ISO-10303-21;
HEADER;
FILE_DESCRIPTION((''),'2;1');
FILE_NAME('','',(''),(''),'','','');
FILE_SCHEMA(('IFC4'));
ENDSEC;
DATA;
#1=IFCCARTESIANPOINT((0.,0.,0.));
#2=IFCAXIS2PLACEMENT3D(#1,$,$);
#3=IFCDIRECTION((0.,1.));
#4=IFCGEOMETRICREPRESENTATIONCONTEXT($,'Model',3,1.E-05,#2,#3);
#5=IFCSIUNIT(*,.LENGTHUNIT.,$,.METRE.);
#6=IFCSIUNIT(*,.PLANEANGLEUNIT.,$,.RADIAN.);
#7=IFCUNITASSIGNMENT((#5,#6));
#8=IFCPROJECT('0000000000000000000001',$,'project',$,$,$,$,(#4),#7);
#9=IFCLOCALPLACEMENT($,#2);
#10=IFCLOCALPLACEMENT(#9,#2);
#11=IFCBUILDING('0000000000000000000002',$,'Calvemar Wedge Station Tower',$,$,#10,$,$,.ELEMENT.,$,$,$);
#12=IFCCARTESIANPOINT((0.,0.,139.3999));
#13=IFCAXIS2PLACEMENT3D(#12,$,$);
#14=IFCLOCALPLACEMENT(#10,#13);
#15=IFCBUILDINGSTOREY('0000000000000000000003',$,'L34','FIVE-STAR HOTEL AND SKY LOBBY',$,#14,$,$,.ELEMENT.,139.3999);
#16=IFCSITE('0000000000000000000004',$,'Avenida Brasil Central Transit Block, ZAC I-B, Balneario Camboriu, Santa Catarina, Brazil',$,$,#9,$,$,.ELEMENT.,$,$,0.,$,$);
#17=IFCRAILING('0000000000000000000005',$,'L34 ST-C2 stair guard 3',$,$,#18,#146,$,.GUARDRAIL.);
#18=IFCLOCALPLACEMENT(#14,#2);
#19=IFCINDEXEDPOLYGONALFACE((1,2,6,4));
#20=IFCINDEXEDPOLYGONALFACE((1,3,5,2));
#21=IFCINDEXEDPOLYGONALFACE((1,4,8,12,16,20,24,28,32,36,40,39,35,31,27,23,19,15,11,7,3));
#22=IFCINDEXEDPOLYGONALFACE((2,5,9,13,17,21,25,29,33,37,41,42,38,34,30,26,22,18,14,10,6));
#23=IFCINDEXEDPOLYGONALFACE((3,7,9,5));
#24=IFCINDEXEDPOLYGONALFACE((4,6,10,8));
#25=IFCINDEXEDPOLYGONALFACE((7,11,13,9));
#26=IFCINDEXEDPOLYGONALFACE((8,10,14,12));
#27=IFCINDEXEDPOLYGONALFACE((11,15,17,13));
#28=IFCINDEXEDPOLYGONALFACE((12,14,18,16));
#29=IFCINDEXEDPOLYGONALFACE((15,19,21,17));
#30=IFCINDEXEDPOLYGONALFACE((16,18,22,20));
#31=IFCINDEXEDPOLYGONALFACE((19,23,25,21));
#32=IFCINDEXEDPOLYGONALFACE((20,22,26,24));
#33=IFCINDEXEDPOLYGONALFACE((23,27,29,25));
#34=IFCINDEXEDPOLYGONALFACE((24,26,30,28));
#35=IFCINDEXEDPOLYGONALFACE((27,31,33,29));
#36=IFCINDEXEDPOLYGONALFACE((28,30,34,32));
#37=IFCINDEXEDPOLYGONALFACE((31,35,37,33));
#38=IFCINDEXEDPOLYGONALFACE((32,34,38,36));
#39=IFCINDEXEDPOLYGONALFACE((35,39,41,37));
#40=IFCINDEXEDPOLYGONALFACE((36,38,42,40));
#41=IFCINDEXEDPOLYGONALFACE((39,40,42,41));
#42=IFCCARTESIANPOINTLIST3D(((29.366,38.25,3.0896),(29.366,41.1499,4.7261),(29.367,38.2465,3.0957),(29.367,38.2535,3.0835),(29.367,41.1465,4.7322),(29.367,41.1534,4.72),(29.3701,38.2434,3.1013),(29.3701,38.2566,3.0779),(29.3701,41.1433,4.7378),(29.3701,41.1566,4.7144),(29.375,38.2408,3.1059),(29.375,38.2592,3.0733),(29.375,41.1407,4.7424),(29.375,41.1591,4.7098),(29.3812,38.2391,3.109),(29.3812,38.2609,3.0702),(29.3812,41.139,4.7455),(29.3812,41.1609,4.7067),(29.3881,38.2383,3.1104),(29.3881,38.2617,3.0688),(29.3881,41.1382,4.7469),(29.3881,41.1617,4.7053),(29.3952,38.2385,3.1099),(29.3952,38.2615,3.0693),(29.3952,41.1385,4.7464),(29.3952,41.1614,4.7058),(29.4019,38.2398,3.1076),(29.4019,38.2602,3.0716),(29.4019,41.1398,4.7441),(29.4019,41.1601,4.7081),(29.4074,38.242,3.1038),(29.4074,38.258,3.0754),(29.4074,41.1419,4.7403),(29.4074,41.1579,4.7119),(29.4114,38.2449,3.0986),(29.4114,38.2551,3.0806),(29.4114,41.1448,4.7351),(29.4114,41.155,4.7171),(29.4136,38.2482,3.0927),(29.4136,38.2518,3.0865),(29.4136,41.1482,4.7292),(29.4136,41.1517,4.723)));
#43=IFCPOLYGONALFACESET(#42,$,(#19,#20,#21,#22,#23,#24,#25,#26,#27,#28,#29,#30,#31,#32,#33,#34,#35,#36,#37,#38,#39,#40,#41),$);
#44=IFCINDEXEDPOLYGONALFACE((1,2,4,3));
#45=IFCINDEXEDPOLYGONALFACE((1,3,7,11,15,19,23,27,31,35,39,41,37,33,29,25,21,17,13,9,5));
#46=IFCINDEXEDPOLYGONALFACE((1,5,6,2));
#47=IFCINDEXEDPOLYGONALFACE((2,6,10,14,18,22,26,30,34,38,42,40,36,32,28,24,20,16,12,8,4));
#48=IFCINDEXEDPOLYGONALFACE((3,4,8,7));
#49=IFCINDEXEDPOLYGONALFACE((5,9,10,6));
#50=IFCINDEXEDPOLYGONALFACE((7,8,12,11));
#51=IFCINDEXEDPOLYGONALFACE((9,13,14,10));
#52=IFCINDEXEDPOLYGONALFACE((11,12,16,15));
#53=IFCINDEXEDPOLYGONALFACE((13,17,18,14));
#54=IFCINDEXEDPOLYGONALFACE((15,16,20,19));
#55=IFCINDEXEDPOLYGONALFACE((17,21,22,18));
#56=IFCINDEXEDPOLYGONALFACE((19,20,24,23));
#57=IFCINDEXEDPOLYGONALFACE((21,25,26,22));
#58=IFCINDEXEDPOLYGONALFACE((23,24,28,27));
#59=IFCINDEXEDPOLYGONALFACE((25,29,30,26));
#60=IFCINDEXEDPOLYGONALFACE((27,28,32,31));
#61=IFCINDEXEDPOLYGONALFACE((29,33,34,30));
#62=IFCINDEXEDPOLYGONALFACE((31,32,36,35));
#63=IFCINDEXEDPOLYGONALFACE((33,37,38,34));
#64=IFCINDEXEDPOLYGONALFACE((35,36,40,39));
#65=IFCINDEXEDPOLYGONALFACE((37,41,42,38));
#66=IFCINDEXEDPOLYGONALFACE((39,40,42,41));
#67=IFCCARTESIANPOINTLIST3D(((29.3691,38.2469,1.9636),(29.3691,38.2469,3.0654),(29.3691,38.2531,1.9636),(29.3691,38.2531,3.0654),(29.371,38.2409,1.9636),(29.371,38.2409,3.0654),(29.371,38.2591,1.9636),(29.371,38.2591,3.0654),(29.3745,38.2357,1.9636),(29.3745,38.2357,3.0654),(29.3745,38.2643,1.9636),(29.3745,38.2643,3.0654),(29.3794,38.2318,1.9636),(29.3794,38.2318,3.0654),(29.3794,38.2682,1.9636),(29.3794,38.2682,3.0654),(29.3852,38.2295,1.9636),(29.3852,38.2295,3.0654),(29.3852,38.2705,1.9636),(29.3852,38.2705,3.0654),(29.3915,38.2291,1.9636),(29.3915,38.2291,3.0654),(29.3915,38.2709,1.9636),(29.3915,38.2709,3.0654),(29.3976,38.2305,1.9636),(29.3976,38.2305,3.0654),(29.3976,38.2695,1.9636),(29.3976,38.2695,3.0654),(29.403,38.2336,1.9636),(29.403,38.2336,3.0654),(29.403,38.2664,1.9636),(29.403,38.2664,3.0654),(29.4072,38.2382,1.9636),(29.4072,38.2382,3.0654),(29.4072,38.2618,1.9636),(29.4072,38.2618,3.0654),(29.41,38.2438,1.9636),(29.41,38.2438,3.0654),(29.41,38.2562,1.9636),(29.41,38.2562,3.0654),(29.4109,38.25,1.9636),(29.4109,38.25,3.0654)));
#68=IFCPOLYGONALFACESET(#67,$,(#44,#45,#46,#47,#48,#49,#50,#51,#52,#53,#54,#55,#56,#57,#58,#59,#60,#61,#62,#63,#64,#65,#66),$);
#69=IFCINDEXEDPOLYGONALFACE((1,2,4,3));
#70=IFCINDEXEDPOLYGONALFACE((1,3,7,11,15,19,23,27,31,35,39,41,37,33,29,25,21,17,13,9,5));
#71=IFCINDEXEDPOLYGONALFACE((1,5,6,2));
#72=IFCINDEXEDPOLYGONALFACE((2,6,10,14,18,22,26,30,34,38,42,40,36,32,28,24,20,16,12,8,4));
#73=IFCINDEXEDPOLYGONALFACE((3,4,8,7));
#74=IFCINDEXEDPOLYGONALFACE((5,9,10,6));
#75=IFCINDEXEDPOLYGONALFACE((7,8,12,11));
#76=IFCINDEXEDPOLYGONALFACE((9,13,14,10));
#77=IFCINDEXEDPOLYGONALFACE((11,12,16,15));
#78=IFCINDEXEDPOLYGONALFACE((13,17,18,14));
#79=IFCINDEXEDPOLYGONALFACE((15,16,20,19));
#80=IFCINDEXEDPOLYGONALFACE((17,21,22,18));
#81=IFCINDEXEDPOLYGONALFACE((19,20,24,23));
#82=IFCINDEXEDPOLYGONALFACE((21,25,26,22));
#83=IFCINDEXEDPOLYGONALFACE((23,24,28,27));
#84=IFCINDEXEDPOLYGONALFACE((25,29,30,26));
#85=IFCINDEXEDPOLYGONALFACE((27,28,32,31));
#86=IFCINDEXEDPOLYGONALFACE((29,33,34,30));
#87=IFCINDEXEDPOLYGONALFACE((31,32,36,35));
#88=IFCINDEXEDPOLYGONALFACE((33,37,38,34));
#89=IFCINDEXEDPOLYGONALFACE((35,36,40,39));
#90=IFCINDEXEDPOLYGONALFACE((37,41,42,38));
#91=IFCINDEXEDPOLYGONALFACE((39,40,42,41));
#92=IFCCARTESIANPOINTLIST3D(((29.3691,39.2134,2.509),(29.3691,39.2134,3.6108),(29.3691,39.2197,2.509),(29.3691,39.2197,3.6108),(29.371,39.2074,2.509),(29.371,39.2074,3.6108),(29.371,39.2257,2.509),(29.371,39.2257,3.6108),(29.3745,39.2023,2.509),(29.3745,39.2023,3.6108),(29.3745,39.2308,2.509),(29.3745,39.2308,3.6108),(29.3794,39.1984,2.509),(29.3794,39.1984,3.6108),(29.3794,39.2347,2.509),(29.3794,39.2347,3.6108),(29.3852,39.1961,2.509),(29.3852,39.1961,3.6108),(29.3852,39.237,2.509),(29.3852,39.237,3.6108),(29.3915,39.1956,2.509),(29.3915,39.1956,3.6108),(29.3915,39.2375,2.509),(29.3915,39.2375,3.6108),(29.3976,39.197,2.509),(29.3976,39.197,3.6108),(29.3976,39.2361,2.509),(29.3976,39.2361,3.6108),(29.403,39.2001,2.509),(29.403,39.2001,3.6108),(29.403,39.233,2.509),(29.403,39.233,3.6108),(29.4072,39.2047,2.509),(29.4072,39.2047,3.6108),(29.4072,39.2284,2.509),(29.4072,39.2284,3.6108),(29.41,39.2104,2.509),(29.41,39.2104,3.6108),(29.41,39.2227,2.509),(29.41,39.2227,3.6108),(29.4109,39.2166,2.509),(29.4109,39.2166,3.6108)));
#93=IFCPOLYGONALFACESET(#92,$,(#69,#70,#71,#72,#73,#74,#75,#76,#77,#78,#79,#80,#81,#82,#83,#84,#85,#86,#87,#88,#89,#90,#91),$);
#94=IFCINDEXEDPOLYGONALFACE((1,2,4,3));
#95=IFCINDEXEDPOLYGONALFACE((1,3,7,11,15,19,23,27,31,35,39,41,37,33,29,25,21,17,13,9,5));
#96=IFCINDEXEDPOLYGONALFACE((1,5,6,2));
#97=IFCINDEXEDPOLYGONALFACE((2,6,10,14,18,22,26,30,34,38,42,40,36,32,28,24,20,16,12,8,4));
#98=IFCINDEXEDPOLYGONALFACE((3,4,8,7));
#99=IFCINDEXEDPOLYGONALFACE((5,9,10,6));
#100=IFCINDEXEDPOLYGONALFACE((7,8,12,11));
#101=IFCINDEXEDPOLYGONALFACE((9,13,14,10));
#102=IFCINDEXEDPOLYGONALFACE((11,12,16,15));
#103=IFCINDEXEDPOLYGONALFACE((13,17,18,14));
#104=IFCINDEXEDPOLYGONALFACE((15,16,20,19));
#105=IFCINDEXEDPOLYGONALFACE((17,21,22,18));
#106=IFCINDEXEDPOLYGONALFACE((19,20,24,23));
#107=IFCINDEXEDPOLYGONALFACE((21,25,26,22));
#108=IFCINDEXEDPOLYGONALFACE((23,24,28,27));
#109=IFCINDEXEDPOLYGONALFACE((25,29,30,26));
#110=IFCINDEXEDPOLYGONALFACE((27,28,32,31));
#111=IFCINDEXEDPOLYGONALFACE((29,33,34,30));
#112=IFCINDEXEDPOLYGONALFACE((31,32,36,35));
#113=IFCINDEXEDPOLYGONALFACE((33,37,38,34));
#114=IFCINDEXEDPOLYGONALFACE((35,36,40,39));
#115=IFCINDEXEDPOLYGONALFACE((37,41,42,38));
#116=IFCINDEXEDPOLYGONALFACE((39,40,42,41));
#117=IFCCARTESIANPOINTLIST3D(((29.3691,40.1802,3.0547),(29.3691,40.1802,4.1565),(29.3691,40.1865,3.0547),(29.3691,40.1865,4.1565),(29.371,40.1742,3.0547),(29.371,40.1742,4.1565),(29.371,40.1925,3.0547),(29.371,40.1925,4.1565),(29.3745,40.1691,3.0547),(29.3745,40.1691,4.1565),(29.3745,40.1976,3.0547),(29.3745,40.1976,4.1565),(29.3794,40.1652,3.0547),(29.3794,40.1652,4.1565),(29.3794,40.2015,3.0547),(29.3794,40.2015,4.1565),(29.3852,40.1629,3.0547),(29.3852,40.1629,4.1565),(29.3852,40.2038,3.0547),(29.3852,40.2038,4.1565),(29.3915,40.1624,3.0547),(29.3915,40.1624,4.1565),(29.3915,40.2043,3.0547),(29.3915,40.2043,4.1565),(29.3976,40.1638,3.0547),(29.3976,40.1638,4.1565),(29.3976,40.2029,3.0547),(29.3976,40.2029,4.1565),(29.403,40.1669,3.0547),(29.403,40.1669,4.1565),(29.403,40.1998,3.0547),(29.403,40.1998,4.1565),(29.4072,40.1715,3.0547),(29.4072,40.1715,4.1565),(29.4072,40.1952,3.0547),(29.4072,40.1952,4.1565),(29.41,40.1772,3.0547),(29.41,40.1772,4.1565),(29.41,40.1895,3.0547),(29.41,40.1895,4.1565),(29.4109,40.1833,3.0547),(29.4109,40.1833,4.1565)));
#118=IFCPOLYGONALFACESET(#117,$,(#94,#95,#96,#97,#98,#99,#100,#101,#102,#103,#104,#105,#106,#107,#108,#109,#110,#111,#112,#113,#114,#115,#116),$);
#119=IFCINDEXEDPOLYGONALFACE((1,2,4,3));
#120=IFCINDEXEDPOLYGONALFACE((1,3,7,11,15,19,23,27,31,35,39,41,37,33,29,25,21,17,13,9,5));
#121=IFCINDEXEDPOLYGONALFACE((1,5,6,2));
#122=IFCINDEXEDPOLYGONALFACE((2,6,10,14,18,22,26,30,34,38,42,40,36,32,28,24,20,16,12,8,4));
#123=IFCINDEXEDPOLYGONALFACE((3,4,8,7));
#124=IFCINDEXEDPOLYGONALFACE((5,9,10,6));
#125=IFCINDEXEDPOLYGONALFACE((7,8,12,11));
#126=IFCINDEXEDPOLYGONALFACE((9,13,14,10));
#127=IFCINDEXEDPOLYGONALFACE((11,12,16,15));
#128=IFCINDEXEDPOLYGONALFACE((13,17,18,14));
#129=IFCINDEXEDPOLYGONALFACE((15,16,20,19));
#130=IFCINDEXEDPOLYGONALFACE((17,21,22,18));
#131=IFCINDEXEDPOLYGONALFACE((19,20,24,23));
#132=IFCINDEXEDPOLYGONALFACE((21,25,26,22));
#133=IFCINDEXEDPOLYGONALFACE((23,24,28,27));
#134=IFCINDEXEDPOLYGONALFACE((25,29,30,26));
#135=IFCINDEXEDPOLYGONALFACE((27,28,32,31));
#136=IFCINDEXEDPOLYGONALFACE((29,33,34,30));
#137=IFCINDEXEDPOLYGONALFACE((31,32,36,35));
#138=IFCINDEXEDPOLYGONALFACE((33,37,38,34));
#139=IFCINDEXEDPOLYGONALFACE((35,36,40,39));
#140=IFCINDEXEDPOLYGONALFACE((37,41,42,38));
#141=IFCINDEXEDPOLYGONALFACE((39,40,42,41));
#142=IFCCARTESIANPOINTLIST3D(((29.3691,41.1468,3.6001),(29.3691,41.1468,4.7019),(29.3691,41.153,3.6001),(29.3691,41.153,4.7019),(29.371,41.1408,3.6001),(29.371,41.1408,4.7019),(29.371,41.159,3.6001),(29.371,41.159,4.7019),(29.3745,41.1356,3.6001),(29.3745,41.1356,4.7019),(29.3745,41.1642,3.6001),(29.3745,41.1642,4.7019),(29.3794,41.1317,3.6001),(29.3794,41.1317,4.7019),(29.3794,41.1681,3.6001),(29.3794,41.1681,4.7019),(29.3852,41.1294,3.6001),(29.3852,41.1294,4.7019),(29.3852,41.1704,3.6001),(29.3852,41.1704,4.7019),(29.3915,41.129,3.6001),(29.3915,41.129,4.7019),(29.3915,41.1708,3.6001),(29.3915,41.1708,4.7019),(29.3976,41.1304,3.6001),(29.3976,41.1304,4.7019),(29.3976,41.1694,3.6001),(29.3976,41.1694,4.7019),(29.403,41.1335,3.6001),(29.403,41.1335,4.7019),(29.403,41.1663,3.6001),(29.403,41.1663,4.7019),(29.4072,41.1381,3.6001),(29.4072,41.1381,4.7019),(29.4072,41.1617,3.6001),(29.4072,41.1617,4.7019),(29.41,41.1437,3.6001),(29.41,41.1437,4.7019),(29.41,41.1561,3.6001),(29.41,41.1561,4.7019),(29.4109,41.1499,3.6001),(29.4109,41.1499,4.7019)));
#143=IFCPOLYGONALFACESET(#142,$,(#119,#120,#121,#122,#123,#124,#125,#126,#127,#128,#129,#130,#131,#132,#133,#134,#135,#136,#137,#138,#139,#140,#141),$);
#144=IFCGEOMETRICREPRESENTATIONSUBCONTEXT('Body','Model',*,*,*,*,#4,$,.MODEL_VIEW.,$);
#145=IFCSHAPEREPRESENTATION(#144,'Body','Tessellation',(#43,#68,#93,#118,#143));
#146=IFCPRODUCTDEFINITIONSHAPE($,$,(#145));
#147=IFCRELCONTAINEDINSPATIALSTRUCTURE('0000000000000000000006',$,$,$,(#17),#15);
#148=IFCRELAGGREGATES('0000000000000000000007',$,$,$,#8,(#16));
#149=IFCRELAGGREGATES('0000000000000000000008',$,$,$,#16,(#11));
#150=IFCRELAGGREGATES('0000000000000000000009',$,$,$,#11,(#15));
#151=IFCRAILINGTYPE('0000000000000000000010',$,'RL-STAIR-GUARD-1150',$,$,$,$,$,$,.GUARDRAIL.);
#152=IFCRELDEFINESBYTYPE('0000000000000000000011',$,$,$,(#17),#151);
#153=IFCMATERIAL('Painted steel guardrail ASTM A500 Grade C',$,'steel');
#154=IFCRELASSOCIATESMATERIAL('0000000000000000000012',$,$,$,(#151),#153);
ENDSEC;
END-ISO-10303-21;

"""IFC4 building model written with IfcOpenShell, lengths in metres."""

from ifc_helpers import new_model, si_unit, direction, frame, origin, origin_2d, place, context, subcontext, project, spatial, circle, extrude, material, type_object, element, save


model = new_model("IFC4")

# Units and contexts
model_context = context("Model", 3, precision=1e-05, world=origin(), true_north=direction((0.0, 1.0)))
body_context = subcontext(model_context, "Body", "Model", "MODEL_VIEW")
ifc_project = project(units=[si_unit("LENGTHUNIT", "METRE"), si_unit("PLANEANGLEUNIT", "RADIAN")], contexts=[model_context])

# Site, building, storey
site_placement = place(None, origin())
site = spatial("IfcSite", under=ifc_project, at=site_placement, Name="Avenida Brasil Central Transit Block, ZAC I-B, Balneario Camboriu, Santa Catarina, Brazil", CompositionType="ELEMENT", RefElevation=0.0)
building_placement = place(site_placement, origin())
building = spatial("IfcBuilding", under=site, at=building_placement, Name="Calvemar Wedge Station Tower", CompositionType="ELEMENT")
storey_placement = place(building_placement, frame((0.0, 0.0, 139.3999)))
storey = spatial("IfcBuildingStorey", under=building, at=storey_placement, Name="L34", Description="FIVE-STAR HOTEL AND SKY LOBBY", CompositionType="ELEMENT", Elevation=139.3999)

# Railing
ifc_material_1 = material(Name="Painted steel guardrail ASTM A500 Grade C", Category="steel")
railing_type_1 = type_object("IfcRailingType", Name="RL-STAIR-GUARD-1150", PredefinedType="GUARDRAIL", material=ifc_material_1)
railing_1_placement = place(storey_placement, frame((29.3899, 38.25, 1.9636)))
element("IfcRailing", 1, at=railing_1_placement, inside=storey, type_object=railing_type_1, Name="L34 ST-C2 stair guard 3", PredefinedType="GUARDRAIL", context=body_context, shape_type="SweptSolid", body=[
    extrude(circle(Radius=0.0239, at=origin_2d()), frame((0.0, 0.0, 1.126), z_axis=(0.0, 0.870897, 0.491465), x_axis=(-1.0, 0.0, 0.0)), (0.0, 0.0, 1.0), 3.3298),
    extrude(circle(Radius=0.021, at=origin_2d()), origin(), (0.0, 0.0, 1.0), 1.1018),
    extrude(circle(Radius=0.021, at=origin_2d()), frame((0.0, 0.9666, 0.5454)), (0.0, 0.0, 1.0), 1.1018),
    extrude(circle(Radius=0.021, at=origin_2d()), frame((0.0, 1.9333, 1.0911)), (0.0, 0.0, 1.0), 1.1018),
    extrude(circle(Radius=0.021, at=origin_2d()), frame((0.0, 2.8999, 1.6365)), (0.0, 0.0, 1.0), 1.1018),
])

save(model, "model.ifc")
